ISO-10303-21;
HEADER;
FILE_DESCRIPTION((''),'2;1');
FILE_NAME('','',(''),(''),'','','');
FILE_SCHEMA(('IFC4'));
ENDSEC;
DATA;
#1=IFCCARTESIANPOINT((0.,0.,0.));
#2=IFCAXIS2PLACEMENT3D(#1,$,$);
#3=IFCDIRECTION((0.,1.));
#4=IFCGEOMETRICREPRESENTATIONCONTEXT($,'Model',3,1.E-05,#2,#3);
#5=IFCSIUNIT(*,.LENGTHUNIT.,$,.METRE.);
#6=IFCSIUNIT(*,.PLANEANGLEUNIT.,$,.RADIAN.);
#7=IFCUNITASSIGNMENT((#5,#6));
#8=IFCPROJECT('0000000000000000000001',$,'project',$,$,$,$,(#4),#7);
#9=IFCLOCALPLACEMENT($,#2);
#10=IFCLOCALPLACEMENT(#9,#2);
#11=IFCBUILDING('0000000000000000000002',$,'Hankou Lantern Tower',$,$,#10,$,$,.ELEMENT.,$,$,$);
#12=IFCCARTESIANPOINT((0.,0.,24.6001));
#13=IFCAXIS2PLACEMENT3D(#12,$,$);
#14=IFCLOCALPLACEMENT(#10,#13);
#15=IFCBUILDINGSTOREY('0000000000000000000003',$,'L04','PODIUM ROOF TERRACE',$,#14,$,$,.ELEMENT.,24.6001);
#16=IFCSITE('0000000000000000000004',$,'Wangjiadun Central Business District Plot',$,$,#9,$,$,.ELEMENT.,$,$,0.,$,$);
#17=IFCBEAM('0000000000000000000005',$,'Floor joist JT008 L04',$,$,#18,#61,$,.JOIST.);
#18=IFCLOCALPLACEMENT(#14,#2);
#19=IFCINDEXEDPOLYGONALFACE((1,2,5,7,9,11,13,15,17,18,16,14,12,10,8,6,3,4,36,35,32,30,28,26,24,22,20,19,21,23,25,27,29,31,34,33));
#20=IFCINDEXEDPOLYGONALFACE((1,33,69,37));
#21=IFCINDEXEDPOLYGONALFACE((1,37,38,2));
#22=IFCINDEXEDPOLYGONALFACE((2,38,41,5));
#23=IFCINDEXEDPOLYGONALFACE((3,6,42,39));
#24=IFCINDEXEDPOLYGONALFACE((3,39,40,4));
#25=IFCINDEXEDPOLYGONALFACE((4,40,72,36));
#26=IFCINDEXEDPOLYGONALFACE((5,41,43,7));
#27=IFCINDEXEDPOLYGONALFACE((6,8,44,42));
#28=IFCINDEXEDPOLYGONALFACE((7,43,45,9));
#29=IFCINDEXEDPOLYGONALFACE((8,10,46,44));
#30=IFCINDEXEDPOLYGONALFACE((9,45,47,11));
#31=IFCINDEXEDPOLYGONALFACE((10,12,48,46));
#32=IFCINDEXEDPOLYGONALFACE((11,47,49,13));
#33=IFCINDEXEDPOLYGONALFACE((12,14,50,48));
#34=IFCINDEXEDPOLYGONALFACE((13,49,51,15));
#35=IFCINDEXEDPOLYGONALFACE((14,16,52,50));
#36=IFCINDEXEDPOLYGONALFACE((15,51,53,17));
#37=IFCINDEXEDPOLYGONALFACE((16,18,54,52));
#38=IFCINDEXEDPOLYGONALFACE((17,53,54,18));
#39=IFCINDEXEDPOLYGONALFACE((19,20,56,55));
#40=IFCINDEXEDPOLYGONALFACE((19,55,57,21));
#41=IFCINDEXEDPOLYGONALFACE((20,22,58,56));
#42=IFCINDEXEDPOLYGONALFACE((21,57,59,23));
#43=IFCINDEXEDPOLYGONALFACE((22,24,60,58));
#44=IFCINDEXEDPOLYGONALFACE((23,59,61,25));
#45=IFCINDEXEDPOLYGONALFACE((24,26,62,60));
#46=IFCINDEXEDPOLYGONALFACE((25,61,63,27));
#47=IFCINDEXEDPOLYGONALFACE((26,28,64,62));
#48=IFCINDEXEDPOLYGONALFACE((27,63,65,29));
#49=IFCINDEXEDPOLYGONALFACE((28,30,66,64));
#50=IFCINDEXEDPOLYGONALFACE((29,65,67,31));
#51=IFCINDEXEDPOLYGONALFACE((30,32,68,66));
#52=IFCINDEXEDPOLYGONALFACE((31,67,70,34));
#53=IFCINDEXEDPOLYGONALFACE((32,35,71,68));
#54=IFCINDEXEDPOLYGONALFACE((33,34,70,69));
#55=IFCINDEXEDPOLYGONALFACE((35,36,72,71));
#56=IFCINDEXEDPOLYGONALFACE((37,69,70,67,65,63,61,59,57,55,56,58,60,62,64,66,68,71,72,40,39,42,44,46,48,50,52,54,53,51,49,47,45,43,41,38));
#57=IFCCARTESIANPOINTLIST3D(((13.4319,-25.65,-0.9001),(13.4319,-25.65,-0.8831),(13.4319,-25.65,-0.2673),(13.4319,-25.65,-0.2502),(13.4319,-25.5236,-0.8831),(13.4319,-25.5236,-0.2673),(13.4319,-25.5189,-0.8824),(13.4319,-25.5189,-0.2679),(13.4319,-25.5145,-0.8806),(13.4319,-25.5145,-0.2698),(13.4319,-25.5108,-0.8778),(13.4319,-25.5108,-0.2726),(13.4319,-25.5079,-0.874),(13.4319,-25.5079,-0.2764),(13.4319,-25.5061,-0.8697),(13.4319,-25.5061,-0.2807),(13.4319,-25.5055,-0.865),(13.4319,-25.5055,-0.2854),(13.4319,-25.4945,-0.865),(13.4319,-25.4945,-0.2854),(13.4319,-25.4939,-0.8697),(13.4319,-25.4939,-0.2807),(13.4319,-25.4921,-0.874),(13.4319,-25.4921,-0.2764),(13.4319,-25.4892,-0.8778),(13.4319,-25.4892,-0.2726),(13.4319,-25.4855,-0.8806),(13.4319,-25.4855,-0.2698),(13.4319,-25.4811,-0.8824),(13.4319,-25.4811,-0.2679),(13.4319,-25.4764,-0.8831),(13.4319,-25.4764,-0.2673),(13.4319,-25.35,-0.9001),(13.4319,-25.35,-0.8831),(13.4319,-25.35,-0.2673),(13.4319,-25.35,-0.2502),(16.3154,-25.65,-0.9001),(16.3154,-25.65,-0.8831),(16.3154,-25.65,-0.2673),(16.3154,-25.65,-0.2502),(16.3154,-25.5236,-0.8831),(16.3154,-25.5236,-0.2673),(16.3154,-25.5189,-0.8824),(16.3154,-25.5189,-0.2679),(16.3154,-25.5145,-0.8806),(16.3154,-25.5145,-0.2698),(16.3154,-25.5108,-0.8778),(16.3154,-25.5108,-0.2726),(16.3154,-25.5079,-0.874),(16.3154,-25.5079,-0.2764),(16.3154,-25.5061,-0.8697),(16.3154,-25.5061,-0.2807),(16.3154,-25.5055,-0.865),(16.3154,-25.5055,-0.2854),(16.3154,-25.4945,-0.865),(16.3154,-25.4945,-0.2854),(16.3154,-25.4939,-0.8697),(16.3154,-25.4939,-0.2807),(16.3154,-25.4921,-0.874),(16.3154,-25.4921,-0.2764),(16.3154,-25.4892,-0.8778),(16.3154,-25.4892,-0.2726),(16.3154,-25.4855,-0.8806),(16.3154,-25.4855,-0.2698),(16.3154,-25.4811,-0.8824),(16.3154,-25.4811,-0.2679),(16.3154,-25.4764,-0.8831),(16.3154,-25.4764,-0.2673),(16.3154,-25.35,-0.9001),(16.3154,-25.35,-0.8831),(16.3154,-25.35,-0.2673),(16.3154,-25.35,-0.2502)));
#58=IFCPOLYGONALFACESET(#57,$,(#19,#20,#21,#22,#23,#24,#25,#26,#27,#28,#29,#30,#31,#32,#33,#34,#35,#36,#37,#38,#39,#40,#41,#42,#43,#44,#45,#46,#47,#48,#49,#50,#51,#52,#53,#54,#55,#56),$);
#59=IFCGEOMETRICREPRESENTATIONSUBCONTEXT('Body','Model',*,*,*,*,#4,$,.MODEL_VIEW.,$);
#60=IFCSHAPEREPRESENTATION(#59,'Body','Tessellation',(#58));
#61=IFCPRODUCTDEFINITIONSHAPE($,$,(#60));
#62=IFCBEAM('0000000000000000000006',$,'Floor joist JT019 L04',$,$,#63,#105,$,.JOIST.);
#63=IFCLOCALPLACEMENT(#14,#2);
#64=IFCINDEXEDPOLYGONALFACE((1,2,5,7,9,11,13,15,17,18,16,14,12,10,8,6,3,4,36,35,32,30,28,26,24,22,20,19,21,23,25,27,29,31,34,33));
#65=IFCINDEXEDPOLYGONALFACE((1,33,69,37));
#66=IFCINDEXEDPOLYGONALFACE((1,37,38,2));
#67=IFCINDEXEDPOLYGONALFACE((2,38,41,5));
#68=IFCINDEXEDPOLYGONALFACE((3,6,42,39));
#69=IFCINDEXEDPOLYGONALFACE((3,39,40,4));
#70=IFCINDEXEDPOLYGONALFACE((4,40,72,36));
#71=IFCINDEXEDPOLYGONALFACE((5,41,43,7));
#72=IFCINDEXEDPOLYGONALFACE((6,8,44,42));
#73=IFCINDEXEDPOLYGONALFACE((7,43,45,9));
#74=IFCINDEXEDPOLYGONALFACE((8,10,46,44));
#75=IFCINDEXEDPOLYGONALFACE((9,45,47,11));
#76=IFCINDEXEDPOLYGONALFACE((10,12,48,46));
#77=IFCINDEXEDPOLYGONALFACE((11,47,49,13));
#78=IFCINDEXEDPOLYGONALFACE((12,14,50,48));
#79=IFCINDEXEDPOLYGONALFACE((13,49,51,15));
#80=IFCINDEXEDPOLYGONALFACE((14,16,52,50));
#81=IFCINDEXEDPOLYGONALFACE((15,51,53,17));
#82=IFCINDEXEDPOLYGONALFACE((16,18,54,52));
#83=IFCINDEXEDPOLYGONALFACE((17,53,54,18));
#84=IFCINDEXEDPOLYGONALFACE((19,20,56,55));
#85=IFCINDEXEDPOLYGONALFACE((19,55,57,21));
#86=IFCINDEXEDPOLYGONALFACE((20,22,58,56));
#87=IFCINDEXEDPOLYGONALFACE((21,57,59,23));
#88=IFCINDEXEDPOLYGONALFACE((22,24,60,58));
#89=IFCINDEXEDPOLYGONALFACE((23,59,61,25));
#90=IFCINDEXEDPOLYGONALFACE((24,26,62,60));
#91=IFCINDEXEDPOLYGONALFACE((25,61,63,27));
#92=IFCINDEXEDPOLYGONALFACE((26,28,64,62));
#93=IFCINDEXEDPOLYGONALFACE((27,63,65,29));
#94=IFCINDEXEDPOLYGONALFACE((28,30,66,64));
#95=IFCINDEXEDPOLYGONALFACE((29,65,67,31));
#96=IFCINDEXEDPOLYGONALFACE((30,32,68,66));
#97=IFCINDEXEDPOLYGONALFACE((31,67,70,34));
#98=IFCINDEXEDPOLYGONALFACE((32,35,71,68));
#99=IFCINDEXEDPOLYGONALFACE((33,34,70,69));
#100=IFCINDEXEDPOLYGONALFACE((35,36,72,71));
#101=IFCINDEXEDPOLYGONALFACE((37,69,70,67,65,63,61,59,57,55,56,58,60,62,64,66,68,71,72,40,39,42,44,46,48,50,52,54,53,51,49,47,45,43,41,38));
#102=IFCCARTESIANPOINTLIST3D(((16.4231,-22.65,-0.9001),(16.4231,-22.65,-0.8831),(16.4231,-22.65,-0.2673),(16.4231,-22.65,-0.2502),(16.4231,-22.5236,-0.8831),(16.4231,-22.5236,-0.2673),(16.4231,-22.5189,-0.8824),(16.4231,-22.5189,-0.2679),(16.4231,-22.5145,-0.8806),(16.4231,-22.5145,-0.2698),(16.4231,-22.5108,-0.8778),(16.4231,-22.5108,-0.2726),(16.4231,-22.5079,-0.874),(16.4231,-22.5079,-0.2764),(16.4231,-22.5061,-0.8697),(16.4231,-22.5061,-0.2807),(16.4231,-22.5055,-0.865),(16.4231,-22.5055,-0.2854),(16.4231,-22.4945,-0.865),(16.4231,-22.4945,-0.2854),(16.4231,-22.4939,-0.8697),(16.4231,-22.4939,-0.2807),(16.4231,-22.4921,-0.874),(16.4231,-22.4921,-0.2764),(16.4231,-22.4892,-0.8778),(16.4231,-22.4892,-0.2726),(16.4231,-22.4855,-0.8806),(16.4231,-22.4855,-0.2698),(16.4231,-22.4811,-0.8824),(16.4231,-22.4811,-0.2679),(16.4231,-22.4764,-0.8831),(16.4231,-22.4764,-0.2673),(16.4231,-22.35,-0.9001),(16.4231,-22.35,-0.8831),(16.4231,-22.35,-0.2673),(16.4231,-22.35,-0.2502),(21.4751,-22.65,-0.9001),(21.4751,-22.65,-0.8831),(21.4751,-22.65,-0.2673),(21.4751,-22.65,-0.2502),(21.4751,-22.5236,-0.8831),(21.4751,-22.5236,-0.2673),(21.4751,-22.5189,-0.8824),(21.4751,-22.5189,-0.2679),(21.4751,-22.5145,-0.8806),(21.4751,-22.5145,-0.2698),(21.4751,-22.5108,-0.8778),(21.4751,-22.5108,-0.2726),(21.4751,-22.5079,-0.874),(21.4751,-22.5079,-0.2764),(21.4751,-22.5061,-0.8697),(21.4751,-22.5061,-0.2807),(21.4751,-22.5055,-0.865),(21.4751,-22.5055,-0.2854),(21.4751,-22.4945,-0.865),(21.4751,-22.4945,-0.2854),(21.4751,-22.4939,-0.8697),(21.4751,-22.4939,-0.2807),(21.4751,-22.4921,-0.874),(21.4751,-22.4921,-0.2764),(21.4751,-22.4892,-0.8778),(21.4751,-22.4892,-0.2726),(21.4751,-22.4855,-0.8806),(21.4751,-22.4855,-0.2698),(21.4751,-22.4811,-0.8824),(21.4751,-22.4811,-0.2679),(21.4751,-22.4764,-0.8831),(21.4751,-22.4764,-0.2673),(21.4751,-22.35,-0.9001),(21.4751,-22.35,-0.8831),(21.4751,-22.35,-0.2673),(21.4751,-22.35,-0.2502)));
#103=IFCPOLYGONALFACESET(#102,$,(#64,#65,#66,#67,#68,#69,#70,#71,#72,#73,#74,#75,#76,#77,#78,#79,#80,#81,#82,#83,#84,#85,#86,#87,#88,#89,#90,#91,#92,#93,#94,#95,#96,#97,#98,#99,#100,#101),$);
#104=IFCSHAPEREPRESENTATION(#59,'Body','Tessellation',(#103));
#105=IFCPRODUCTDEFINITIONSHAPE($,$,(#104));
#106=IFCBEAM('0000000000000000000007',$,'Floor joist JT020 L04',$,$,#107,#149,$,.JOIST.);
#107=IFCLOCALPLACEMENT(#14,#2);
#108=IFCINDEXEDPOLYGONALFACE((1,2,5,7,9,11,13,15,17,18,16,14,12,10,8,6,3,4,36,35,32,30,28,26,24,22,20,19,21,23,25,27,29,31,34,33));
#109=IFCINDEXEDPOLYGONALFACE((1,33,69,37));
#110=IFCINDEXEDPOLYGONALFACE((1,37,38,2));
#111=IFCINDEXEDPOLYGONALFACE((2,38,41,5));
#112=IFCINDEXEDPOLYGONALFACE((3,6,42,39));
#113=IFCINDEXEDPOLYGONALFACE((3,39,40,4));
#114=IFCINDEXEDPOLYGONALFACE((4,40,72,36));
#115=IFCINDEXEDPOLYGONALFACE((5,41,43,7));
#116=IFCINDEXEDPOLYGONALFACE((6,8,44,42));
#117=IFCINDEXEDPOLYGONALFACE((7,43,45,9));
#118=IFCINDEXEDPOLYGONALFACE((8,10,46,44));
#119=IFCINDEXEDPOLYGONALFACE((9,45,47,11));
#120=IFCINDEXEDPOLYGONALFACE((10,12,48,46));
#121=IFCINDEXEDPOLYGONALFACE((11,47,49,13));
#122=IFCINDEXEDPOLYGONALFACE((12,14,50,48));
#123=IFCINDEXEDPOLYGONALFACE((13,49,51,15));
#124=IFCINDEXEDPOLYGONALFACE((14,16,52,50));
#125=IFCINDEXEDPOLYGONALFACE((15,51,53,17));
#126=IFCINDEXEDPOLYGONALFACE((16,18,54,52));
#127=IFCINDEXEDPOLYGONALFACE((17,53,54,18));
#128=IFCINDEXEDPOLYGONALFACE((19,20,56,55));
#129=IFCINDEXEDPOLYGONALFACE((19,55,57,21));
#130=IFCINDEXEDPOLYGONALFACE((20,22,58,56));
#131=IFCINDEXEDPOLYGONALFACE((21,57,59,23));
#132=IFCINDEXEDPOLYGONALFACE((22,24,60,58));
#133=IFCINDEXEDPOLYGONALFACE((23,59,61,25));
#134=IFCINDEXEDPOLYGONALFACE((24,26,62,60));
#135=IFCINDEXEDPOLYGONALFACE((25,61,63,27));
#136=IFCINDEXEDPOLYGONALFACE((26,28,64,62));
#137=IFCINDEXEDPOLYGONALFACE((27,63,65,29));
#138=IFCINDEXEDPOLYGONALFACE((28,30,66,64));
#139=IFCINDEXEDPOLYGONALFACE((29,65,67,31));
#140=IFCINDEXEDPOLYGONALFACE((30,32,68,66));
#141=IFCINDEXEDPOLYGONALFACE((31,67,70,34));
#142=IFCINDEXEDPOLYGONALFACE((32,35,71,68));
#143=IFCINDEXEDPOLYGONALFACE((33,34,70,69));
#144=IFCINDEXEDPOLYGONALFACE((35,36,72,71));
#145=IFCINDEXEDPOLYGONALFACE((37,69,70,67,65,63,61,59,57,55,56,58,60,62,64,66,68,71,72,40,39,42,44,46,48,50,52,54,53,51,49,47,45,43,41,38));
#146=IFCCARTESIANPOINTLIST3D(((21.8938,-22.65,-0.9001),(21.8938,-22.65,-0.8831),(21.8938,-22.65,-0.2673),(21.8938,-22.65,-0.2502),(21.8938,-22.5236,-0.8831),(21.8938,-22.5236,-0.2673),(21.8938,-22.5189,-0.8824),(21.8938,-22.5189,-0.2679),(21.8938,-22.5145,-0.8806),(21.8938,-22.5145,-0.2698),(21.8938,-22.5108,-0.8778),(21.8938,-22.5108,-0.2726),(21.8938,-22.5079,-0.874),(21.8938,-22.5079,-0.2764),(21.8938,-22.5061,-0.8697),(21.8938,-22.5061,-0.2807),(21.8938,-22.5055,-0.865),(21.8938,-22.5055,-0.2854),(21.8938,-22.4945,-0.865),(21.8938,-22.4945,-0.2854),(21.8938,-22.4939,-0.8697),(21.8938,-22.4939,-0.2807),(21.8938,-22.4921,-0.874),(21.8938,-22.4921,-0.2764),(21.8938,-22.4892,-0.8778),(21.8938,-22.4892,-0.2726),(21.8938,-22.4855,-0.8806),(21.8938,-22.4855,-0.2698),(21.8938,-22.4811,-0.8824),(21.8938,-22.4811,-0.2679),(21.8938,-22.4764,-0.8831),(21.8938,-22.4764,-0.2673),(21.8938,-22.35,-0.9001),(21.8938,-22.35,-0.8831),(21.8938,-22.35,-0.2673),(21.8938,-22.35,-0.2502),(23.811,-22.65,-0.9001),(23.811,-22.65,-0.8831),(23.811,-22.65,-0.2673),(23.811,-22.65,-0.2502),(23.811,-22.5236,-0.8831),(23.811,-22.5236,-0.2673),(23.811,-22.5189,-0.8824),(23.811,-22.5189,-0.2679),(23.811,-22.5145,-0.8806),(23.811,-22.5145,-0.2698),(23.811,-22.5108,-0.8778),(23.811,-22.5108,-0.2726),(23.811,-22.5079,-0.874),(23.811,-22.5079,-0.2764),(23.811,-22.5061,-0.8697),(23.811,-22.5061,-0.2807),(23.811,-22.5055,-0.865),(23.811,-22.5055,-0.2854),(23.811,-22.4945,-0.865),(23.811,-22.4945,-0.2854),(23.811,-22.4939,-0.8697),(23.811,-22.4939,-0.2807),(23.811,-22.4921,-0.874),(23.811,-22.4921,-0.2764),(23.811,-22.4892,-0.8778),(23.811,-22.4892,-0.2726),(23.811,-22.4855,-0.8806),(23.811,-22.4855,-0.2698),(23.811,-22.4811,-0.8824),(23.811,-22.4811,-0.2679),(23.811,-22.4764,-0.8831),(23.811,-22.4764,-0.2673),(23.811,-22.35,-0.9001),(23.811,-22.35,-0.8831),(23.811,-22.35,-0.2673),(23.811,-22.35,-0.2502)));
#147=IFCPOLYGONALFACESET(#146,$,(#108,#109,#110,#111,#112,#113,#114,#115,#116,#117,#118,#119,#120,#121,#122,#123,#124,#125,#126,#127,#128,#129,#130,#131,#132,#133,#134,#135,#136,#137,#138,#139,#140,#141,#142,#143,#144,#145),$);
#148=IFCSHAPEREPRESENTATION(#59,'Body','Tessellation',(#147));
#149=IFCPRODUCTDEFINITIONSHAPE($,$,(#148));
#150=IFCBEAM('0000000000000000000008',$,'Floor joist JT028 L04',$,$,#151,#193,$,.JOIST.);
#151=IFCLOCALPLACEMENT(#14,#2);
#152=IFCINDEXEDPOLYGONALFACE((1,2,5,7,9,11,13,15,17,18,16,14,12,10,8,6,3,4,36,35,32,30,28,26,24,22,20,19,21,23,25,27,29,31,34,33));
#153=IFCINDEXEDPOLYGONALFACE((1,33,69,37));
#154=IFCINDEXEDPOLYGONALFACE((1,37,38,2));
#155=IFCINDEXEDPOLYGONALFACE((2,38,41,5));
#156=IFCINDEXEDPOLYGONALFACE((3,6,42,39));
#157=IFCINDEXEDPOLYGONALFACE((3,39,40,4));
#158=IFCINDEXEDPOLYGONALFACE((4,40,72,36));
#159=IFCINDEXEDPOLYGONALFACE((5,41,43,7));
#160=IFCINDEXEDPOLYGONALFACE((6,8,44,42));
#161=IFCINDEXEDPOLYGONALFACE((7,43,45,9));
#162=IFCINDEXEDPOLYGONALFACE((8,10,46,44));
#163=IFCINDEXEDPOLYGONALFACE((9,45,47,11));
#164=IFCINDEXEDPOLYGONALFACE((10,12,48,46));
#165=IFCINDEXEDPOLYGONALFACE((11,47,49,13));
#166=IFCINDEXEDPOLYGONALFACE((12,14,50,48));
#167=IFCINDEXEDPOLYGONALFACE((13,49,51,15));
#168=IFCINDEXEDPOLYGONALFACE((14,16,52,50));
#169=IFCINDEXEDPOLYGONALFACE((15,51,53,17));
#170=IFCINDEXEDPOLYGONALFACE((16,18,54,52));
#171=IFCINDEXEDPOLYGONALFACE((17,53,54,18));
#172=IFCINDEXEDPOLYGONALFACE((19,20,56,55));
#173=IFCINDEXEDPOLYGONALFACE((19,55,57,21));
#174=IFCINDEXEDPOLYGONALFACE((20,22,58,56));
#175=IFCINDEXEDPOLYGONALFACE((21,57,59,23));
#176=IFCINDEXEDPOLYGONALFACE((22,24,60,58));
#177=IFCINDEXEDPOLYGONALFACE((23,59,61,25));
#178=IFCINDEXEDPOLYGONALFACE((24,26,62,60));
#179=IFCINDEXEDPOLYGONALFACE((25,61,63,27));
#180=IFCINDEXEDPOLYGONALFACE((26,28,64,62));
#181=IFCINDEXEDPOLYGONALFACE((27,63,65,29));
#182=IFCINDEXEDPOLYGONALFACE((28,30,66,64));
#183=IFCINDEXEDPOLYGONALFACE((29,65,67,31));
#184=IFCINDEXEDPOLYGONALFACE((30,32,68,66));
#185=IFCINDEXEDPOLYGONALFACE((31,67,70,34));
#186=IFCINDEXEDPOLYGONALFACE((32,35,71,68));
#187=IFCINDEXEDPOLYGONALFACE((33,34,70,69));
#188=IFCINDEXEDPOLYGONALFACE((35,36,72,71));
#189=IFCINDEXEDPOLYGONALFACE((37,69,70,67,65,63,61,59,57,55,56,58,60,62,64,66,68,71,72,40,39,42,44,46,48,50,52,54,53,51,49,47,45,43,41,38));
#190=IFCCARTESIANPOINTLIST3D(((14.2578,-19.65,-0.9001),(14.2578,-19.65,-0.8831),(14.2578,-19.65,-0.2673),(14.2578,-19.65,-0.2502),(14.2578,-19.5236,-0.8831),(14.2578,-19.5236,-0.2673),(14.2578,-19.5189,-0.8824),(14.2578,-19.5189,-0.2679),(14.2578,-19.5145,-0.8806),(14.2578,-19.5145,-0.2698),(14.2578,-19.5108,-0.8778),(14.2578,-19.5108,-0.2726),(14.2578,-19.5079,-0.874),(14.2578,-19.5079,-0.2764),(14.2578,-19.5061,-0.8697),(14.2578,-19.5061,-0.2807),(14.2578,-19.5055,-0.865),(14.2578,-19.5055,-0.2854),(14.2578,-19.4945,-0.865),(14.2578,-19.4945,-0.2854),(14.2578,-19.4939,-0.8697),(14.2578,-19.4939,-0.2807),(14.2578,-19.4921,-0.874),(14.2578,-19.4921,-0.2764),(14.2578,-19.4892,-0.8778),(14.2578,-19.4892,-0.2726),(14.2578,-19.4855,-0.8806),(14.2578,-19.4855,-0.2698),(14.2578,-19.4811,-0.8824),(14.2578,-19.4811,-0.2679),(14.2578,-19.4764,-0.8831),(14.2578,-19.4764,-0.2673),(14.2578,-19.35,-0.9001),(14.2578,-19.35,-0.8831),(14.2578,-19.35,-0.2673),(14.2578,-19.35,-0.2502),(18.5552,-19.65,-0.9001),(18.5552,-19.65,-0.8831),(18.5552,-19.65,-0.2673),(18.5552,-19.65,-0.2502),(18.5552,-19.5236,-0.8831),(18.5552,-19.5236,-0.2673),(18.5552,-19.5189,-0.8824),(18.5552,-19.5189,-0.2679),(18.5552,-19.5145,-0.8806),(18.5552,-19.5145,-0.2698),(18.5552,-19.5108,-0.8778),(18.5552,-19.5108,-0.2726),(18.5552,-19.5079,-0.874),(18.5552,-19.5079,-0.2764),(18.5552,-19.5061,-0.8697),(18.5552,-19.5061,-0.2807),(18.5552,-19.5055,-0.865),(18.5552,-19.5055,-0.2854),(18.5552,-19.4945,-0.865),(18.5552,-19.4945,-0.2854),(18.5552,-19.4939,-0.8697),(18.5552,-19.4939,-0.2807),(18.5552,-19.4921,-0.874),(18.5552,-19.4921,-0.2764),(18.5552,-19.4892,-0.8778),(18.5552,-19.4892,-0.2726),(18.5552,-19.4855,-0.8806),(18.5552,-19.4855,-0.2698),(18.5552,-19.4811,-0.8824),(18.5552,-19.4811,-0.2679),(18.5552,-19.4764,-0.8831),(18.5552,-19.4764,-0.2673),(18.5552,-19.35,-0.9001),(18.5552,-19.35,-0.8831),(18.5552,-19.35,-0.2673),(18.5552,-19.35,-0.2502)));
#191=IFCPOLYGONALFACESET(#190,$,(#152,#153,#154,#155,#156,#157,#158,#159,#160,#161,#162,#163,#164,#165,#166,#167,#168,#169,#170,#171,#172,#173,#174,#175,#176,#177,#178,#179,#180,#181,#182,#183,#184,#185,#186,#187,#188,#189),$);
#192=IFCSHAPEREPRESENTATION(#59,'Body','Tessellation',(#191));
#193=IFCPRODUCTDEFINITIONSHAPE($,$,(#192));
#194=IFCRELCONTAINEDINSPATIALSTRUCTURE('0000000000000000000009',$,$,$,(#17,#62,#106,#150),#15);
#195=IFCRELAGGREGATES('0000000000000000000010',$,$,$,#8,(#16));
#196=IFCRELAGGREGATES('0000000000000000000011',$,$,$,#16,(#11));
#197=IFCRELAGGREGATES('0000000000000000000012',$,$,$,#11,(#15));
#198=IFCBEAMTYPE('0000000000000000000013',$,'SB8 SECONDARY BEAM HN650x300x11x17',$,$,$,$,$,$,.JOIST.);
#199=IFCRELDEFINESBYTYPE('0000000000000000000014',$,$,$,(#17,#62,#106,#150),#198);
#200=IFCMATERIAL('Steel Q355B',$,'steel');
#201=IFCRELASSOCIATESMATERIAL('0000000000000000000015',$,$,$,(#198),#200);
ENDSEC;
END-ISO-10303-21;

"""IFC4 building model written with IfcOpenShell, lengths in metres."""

from ifc_helpers import new_model, si_unit, direction, frame, origin, origin_2d, place, context, subcontext, project, spatial, i_section, extrude, material, material_profile, profile_set, type_object, element, save


model = new_model("IFC4")

# Units and contexts
model_context = context("Model", 3, precision=1e-05, world=origin(), true_north=direction((0.0, 1.0)))
body_context = subcontext(model_context, "Body", "Model", "MODEL_VIEW")
ifc_project = project(units=[si_unit("LENGTHUNIT", "METRE"), si_unit("PLANEANGLEUNIT", "RADIAN")], contexts=[model_context])

# Site, building, storey
site_placement = place(None, origin())
site = spatial("IfcSite", under=ifc_project, at=site_placement, Name="Wangjiadun Central Business District Plot", CompositionType="ELEMENT", RefElevation=0.0)
building_placement = place(site_placement, origin())
building = spatial("IfcBuilding", under=site, at=building_placement, Name="Hankou Lantern Tower", CompositionType="ELEMENT")
storey_placement = place(building_placement, frame((0.0, 0.0, 24.6001)))
storey = spatial("IfcBuildingStorey", under=building, at=storey_placement, Name="L04", Description="PODIUM ROOF TERRACE", CompositionType="ELEMENT", Elevation=24.6001)

# Beams
ifc_material_1 = material(Name="Steel Q355B", Category="steel")
ifc_material_profile_1 = material_profile(ifc_material_1, i_section(OverallWidth=0.3, OverallDepth=0.6499, WebThickness=0.011, FlangeThickness=0.0171, FilletRadius=0.0181, at=origin_2d()), Name="HN650x300x11x17")
ifc_profile_set_1 = profile_set([ifc_material_profile_1], Name="Steel Q355B")
beam_type_1 = type_object("IfcBeamType", Name="SB8 SECONDARY BEAM HN650x300x11x17", PredefinedType="JOIST", material=ifc_profile_set_1)
beam_1_placement = place(storey_placement, frame((13.4319, -25.5, -0.5752), z_axis=(1.0, 0.0, 0.0), x_axis=(0.0, 1.0, 0.0)))
element("IfcBeam", 1, at=beam_1_placement, inside=storey, type_object=beam_type_1, Name="Floor joist JT008 L04", PredefinedType="JOIST", context=body_context, shape_type="SweptSolid", body=[
    extrude(i_section(OverallWidth=0.3, OverallDepth=0.6499, WebThickness=0.011, FlangeThickness=0.0171, FilletRadius=0.0181, at=origin_2d()), origin(), (0.0, 0.0, 1.0), 2.8835),
])
beam_2_placement = place(storey_placement, frame((16.4231, -22.5, -0.5752), z_axis=(1.0, 0.0, 0.0), x_axis=(0.0, 1.0, 0.0)))
element("IfcBeam", 2, at=beam_2_placement, inside=storey, type_object=beam_type_1, Name="Floor joist JT019 L04", PredefinedType="JOIST", context=body_context, shape_type="SweptSolid", body=[
    extrude(i_section(OverallWidth=0.3, OverallDepth=0.6499, WebThickness=0.011, FlangeThickness=0.0171, FilletRadius=0.0181, at=origin_2d()), origin(), (0.0, 0.0, 1.0), 5.052),
])
beam_3_placement = place(storey_placement, frame((21.8938, -22.5, -0.5752), z_axis=(1.0, 0.0, 0.0), x_axis=(0.0, 1.0, 0.0)))
element("IfcBeam", 3, at=beam_3_placement, inside=storey, type_object=beam_type_1, Name="Floor joist JT020 L04", PredefinedType="JOIST", context=body_context, shape_type="SweptSolid", body=[
    extrude(i_section(OverallWidth=0.3, OverallDepth=0.6499, WebThickness=0.011, FlangeThickness=0.0171, FilletRadius=0.0181, at=origin_2d()), origin(), (0.0, 0.0, 1.0), 1.9172),
])
beam_4_placement = place(storey_placement, frame((14.2578, -19.5, -0.5752), z_axis=(1.0, 0.0, 0.0), x_axis=(0.0, 1.0, 0.0)))
element("IfcBeam", 4, at=beam_4_placement, inside=storey, type_object=beam_type_1, Name="Floor joist JT028 L04", PredefinedType="JOIST", context=body_context, shape_type="SweptSolid", body=[
    extrude(i_section(OverallWidth=0.3, OverallDepth=0.6499, WebThickness=0.011, FlangeThickness=0.0171, FilletRadius=0.0181, at=origin_2d()), origin(), (0.0, 0.0, 1.0), 4.2974),
])

save(model, "model.ifc")
